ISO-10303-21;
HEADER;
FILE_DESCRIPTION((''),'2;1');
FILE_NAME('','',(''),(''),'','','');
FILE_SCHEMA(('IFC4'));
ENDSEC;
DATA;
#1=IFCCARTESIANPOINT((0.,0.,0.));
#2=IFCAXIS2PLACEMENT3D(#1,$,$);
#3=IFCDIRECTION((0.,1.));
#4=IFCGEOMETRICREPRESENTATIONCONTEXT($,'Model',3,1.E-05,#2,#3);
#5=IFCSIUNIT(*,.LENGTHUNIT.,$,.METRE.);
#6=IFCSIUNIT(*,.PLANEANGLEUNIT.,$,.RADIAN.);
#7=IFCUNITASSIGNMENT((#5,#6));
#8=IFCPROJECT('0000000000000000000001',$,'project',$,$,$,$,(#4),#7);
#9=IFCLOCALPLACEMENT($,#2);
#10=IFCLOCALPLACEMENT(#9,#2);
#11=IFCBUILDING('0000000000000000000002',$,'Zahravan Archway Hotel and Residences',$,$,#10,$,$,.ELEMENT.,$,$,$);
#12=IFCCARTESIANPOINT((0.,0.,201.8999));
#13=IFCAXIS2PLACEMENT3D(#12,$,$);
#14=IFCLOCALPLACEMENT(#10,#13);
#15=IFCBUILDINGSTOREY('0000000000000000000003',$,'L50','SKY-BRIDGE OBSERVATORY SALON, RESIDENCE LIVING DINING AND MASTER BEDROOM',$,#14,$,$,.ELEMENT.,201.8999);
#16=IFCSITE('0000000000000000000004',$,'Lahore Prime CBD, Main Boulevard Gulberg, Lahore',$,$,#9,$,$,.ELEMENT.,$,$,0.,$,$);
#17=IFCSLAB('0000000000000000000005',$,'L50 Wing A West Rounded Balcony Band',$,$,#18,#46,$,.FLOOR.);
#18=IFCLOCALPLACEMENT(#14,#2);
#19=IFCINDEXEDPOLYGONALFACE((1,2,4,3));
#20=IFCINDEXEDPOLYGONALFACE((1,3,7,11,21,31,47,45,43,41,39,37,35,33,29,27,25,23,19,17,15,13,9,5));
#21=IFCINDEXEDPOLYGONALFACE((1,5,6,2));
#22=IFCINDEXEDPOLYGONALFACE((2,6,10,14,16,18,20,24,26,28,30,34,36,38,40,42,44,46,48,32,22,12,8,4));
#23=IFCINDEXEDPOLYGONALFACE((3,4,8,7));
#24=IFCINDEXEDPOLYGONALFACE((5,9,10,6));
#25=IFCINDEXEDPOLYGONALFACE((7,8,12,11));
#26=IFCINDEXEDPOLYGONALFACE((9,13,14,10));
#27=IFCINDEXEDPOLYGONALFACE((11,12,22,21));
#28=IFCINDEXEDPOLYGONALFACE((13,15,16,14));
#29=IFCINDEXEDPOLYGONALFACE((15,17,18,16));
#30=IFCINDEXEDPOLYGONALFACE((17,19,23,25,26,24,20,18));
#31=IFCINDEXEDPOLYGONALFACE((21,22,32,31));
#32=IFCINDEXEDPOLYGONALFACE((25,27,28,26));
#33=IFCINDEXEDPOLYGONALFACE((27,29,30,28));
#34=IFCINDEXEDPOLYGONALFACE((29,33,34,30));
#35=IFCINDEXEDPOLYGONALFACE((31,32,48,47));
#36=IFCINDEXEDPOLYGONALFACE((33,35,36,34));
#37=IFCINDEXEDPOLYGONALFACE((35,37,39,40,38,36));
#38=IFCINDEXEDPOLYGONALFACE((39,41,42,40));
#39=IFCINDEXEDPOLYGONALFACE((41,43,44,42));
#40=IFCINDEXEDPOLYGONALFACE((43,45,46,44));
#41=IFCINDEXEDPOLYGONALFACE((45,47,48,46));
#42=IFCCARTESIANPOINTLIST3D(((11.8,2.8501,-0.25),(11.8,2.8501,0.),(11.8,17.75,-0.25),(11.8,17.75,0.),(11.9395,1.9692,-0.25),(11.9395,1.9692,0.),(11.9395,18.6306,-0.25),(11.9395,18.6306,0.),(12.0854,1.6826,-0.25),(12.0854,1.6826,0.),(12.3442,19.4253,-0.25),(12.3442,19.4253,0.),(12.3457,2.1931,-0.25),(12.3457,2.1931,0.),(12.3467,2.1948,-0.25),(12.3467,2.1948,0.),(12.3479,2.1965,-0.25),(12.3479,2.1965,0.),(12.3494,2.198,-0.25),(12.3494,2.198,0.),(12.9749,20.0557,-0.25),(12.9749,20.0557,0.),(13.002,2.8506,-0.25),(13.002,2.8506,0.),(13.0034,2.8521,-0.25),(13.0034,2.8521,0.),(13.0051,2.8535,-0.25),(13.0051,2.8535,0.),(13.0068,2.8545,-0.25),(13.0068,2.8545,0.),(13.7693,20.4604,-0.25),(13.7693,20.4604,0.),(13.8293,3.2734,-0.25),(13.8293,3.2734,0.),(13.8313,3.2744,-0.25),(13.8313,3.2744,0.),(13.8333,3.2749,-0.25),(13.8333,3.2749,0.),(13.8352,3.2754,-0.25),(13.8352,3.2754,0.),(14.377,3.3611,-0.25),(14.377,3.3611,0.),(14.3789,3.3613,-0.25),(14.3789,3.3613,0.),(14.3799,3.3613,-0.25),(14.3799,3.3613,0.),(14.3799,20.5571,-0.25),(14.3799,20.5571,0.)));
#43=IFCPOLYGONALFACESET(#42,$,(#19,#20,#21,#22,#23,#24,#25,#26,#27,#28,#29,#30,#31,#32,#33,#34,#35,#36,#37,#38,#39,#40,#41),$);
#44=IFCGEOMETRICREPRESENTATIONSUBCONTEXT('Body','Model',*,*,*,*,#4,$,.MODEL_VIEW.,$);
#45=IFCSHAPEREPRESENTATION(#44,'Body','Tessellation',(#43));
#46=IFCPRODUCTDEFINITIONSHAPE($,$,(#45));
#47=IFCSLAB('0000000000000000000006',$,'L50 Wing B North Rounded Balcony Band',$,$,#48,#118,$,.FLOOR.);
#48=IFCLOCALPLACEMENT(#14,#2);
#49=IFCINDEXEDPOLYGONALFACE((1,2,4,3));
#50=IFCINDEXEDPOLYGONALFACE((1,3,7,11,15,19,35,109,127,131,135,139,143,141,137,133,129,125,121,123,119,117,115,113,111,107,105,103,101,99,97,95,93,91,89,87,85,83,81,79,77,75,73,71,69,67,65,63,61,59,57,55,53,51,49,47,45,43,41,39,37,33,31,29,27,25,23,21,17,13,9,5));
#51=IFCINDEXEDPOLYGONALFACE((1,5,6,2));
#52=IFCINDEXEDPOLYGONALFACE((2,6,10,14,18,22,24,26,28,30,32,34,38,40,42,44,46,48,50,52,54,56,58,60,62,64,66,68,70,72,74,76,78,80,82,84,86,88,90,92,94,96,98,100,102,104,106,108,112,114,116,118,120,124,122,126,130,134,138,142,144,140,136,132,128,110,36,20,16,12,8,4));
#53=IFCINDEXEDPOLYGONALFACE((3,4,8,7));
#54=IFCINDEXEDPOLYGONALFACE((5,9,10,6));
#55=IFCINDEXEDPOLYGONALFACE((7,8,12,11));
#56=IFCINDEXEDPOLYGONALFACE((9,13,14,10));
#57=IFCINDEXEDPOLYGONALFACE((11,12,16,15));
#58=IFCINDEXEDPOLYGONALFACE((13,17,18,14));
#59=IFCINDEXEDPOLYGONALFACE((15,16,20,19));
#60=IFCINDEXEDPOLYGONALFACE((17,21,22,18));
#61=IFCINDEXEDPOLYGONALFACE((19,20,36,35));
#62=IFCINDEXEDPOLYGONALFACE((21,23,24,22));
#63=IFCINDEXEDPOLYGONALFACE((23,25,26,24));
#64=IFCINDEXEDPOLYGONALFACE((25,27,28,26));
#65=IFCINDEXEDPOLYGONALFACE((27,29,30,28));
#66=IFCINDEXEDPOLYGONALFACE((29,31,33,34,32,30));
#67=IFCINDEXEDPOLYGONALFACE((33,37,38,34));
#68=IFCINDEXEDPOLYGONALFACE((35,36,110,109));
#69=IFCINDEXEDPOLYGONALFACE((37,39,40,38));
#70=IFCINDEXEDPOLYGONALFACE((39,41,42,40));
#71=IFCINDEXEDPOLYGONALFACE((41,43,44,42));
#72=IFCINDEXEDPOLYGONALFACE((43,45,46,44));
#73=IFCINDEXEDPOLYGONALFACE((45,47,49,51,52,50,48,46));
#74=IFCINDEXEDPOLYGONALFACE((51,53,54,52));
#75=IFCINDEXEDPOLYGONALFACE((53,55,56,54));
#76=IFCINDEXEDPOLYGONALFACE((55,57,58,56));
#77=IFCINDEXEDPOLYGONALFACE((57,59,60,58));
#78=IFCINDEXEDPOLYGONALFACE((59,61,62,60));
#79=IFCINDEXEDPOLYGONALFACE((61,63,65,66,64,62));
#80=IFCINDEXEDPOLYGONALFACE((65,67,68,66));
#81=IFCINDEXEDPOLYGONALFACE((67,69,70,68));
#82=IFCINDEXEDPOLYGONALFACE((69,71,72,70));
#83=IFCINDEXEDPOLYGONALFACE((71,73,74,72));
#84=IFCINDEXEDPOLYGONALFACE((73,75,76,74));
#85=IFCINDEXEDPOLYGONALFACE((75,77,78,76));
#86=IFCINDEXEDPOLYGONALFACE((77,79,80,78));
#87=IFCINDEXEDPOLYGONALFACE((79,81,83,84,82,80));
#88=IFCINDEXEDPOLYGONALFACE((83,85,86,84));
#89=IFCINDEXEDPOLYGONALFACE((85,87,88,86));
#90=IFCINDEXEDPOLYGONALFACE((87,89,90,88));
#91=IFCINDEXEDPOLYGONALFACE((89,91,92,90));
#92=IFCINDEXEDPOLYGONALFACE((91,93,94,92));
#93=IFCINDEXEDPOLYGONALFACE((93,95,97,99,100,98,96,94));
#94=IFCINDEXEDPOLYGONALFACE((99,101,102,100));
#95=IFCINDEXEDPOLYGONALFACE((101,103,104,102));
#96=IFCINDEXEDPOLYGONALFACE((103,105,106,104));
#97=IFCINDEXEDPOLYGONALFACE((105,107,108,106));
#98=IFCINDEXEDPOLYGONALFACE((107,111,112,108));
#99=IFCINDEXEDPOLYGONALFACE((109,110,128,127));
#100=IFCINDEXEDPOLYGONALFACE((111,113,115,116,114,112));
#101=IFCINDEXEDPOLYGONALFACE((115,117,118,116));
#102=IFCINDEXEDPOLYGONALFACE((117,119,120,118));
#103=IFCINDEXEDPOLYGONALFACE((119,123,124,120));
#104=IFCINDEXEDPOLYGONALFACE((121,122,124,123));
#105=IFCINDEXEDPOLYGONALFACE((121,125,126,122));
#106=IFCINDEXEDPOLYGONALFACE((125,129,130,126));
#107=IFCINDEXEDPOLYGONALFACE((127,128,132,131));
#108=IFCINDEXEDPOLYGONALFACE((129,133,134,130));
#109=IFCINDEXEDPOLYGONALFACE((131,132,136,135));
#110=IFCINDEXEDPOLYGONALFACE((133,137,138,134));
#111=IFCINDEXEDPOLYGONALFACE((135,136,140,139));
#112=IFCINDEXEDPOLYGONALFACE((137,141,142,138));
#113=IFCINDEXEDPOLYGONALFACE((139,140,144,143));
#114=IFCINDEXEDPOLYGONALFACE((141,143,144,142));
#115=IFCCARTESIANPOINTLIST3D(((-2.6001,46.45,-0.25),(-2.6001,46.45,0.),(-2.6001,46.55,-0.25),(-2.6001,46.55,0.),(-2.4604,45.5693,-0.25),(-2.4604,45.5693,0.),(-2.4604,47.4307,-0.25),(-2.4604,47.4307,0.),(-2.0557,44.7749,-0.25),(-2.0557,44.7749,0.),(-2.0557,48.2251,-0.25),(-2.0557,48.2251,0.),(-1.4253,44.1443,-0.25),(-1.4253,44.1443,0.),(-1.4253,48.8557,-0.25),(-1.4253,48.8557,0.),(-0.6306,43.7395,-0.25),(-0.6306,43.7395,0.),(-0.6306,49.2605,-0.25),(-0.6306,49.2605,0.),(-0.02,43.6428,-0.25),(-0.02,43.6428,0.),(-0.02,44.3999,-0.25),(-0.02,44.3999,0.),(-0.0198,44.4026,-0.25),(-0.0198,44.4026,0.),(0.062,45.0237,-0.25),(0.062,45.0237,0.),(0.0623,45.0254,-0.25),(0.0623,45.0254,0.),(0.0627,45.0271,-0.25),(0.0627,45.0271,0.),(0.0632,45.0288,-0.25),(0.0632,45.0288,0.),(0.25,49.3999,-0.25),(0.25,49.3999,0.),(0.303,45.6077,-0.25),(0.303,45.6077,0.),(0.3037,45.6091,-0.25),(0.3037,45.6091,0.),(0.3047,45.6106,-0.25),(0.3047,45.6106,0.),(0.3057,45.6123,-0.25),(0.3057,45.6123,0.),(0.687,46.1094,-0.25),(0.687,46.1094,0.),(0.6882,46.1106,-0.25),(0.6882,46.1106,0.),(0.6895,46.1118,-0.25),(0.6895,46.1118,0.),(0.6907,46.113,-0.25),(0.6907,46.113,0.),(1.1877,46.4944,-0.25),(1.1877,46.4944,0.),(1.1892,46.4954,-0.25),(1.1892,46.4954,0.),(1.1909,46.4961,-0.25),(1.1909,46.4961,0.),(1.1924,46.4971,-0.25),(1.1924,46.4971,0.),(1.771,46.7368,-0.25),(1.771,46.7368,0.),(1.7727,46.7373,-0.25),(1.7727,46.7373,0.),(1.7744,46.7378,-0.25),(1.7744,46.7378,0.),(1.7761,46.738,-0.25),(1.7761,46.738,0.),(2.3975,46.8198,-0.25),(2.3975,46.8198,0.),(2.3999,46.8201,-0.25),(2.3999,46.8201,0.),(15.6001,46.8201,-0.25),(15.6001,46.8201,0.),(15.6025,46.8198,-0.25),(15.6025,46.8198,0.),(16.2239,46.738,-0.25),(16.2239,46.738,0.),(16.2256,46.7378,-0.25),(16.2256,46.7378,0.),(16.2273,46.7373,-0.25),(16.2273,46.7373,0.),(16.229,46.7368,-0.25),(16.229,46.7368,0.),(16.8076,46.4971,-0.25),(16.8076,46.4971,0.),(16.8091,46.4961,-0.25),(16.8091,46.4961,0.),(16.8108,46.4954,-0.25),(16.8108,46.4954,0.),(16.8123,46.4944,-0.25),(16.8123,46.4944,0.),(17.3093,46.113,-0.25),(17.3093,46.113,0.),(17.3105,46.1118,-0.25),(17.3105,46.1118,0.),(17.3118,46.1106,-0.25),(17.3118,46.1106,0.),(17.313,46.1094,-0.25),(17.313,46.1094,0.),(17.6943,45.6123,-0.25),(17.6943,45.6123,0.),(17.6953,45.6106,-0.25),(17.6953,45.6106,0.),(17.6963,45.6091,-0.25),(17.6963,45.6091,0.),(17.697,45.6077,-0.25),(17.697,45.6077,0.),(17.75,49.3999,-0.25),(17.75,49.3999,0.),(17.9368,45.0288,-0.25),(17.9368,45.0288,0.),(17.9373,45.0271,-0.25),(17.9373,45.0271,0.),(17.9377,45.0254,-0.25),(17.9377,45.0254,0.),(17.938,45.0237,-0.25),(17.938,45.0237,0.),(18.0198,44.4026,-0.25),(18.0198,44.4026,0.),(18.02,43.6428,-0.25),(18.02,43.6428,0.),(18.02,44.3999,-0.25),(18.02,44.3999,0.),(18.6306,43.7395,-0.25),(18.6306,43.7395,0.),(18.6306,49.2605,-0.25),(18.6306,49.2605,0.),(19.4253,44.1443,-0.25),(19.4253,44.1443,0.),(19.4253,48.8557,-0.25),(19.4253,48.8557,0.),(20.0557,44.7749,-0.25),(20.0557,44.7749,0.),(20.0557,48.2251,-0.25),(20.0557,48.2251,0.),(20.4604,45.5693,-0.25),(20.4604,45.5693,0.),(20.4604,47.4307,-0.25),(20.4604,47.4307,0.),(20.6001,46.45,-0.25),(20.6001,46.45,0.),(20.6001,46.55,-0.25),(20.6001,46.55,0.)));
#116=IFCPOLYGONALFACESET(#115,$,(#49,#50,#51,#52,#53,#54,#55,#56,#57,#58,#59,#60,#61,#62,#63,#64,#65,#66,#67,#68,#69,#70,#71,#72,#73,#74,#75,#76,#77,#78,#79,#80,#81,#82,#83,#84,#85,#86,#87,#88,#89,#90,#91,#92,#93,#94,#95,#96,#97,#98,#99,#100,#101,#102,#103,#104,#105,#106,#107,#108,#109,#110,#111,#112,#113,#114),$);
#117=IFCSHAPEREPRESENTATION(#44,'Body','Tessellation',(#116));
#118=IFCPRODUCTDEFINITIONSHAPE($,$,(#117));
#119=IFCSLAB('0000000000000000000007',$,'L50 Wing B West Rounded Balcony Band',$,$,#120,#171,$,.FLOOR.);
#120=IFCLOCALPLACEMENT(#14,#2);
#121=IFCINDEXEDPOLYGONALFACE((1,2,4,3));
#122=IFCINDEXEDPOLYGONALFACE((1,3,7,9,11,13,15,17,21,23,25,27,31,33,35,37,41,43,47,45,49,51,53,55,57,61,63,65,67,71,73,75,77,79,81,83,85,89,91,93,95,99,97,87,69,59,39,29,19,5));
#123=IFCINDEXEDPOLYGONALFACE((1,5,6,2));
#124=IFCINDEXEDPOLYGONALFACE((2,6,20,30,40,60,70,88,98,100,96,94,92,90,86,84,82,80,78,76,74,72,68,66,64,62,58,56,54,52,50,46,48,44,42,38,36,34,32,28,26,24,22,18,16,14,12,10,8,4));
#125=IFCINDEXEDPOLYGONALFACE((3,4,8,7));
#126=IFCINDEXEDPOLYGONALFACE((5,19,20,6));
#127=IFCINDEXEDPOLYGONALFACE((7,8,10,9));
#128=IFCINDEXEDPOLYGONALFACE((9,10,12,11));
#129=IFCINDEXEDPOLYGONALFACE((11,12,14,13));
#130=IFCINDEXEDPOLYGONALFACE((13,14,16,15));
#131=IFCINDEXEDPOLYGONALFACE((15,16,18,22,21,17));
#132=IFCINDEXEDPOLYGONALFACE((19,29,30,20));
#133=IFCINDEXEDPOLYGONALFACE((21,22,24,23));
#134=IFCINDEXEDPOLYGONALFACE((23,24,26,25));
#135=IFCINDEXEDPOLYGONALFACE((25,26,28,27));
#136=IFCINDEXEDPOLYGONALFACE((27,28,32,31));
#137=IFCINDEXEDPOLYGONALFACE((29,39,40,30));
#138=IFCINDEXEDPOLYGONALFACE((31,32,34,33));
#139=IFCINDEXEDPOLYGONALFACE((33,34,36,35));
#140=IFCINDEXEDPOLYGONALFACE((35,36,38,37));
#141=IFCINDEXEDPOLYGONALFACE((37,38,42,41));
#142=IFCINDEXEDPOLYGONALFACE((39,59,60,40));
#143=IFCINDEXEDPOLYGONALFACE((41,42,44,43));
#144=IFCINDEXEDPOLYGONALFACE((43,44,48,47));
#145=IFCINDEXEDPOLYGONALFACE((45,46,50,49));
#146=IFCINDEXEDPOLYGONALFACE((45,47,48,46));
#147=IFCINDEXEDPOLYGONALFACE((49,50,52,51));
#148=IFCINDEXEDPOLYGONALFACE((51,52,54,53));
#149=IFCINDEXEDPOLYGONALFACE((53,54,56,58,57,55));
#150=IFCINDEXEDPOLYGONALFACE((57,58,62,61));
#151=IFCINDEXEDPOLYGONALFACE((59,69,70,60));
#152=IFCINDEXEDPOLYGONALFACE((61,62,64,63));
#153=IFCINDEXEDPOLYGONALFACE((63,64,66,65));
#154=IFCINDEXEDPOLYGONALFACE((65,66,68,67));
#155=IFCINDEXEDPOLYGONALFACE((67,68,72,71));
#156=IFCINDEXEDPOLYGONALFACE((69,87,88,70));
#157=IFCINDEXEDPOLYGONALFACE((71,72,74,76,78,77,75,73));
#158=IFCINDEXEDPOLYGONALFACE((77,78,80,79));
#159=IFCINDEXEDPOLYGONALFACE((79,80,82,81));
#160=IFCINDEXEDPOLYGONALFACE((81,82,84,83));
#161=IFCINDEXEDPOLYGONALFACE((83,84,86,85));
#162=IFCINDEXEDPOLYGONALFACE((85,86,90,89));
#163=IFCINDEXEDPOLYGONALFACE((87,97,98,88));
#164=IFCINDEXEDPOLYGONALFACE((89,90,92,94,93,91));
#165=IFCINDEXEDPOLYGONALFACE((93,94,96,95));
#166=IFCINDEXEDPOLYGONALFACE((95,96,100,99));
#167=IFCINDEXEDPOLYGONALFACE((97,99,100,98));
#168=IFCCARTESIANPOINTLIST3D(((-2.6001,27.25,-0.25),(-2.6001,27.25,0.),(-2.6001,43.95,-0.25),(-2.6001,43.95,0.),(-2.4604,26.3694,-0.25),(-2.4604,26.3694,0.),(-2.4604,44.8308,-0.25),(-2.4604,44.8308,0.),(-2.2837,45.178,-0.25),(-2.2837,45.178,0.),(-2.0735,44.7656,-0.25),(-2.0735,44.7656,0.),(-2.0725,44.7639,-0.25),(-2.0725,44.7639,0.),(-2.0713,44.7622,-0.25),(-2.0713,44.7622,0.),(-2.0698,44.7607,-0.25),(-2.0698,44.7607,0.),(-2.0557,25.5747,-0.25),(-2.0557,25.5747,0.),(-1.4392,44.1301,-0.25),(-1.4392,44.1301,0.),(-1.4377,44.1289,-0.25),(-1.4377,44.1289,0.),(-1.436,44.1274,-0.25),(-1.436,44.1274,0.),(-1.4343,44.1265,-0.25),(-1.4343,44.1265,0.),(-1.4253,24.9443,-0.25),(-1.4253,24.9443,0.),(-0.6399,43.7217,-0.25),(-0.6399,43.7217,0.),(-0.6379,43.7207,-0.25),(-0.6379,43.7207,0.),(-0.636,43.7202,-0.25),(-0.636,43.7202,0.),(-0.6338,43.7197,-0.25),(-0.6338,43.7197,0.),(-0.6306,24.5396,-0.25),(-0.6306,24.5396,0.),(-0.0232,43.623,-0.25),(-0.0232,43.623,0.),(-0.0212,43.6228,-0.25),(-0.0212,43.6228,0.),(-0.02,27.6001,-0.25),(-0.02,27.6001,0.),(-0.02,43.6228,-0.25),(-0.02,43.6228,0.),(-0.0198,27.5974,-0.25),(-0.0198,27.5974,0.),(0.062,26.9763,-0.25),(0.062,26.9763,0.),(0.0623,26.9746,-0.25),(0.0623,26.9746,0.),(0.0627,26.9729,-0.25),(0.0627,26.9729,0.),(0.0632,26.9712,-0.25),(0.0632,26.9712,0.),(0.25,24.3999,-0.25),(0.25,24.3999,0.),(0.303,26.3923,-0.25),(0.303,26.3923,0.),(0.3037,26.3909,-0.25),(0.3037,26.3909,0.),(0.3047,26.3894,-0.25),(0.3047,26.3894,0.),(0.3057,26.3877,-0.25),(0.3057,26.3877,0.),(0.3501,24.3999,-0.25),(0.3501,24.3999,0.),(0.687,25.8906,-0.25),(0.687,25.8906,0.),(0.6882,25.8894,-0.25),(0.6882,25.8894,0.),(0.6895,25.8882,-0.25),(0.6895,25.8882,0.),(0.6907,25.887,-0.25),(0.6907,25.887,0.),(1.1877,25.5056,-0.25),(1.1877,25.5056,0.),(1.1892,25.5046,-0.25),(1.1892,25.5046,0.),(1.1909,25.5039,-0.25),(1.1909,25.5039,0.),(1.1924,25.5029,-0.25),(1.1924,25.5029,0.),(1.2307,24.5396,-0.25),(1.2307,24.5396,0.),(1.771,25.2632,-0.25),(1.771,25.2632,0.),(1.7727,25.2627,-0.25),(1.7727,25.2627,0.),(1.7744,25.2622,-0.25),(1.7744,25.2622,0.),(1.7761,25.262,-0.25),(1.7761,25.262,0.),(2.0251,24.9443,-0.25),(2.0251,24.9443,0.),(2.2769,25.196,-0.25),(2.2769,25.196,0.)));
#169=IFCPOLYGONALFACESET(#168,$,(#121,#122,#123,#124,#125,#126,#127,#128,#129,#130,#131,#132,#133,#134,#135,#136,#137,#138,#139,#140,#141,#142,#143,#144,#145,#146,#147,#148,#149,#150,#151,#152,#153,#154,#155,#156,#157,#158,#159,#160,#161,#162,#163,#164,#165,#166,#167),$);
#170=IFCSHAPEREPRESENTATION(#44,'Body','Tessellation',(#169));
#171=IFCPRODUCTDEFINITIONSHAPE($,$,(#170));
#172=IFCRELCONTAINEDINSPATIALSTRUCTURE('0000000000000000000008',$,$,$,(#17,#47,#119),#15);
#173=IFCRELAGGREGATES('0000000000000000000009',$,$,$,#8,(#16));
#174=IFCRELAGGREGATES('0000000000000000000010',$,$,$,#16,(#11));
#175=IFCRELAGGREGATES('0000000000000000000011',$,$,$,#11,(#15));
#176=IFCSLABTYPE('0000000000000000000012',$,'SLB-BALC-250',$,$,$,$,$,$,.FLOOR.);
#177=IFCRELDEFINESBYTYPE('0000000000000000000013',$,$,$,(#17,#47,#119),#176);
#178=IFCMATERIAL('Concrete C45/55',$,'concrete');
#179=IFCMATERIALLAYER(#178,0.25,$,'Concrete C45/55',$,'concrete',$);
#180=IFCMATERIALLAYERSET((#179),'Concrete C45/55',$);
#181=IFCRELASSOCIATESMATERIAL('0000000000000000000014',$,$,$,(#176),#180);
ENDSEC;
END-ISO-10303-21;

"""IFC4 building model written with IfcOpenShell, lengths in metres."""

from ifc_helpers import new_model, si_unit, direction, frame, origin, place, context, subcontext, project, spatial, polyline, outline, extrude, material, layer, layer_set, type_object, element, save


model = new_model("IFC4")

# Units and contexts
model_context = context("Model", 3, precision=1e-05, world=origin(), true_north=direction((0.0, 1.0)))
body_context = subcontext(model_context, "Body", "Model", "MODEL_VIEW")
ifc_project = project(units=[si_unit("LENGTHUNIT", "METRE"), si_unit("PLANEANGLEUNIT", "RADIAN")], contexts=[model_context])

# Site, building, storey
site_placement = place(None, origin())
site = spatial("IfcSite", under=ifc_project, at=site_placement, Name="Lahore Prime CBD, Main Boulevard Gulberg, Lahore", CompositionType="ELEMENT", RefElevation=0.0)
building_placement = place(site_placement, origin())
building = spatial("IfcBuilding", under=site, at=building_placement, Name="Zahravan Archway Hotel and Residences", CompositionType="ELEMENT")
storey_placement = place(building_placement, frame((0.0, 0.0, 201.8999)))
storey = spatial("IfcBuildingStorey", under=building, at=storey_placement, Name="L50", Description="SKY-BRIDGE OBSERVATORY SALON, RESIDENCE LIVING DINING AND MASTER BEDROOM", CompositionType="ELEMENT", Elevation=201.8999)

# Slabs
ifc_material_1 = material(Name="Concrete C45/55", Category="concrete")
ifc_layer_1 = layer(ifc_material_1, 0.25, Name="Concrete C45/55", Category="concrete")
ifc_layer_set_1 = layer_set([ifc_layer_1], Name="Concrete C45/55")
slab_type_1 = type_object("IfcSlabType", Name="SLB-BALC-250", PredefinedType="FLOOR", material=ifc_layer_set_1)
slab_1_placement = place(storey_placement, frame((0.0, 0.0, -0.25)))
element("IfcSlab", 1, at=slab_1_placement, inside=storey, type_object=slab_type_1, Name="L50 Wing A West Rounded Balcony Band", PredefinedType="FLOOR", context=body_context, shape_type="SweptSolid", body=[
    extrude(outline(polyline([(11.9395, 1.9692), (11.8, 2.8501), (11.8, 17.75), (11.9395, 18.6306), (12.3442, 19.4253), (12.9749, 20.0557), (13.7693, 20.4604), (14.3799, 20.5571), (14.3799, 3.3613), (14.3789, 3.3613), (14.377, 3.3611), (13.8352, 3.2754), (13.8333, 3.2749), (13.8313, 3.2744), (13.8293, 3.2734), (13.0068, 2.8545), (13.0051, 2.8535), (13.0034, 2.8521), (13.002, 2.8506), (12.3494, 2.198), (12.3479, 2.1965), (12.3467, 2.1948), (12.3457, 2.1931), (12.0854, 1.6826), (11.9395, 1.9692)])), origin(), (0.0, 0.0, 1.0), 0.25),
])
slab_2_placement = place(storey_placement, frame((0.0, 0.0, -0.25)))
element("IfcSlab", 2, at=slab_2_placement, inside=storey, type_object=slab_type_1, Name="L50 Wing B North Rounded Balcony Band", PredefinedType="FLOOR", context=body_context, shape_type="SweptSolid", body=[
    extrude(outline(polyline([(-0.6306, 43.7395), (-1.4253, 44.1443), (-2.0557, 44.7749), (-2.4604, 45.5693), (-2.6001, 46.45), (-2.6001, 46.55), (-2.4604, 47.4307), (-2.0557, 48.2251), (-1.4253, 48.8557), (-0.6306, 49.2605), (0.25, 49.3999), (17.75, 49.3999), (18.6306, 49.2605), (19.4253, 48.8557), (20.0557, 48.2251), (20.4604, 47.4307), (20.6001, 46.55), (20.6001, 46.45), (20.4604, 45.5693), (20.0557, 44.7749), (19.4253, 44.1443), (18.6306, 43.7395), (18.02, 43.6428), (18.02, 44.3999), (18.0198, 44.4026), (17.938, 45.0237), (17.9377, 45.0254), (17.9373, 45.0271), (17.9368, 45.0288), (17.697, 45.6077), (17.6963, 45.6091), (17.6953, 45.6106), (17.6943, 45.6123), (17.313, 46.1094), (17.3118, 46.1106), (17.3105, 46.1118), (17.3093, 46.113), (16.8123, 46.4944), (16.8108, 46.4954), (16.8091, 46.4961), (16.8076, 46.4971), (16.229, 46.7368), (16.2273, 46.7373), (16.2256, 46.7378), (16.2239, 46.738), (15.6025, 46.8198), (15.6001, 46.8201), (2.3999, 46.8201), (2.3975, 46.8198), (1.7761, 46.738), (1.7744, 46.7378), (1.7727, 46.7373), (1.771, 46.7368), (1.1924, 46.4971), (1.1909, 46.4961), (1.1892, 46.4954), (1.1877, 46.4944), (0.6907, 46.113), (0.6895, 46.1118), (0.6882, 46.1106), (0.687, 46.1094), (0.3057, 45.6123), (0.3047, 45.6106), (0.3037, 45.6091), (0.303, 45.6077), (0.0632, 45.0288), (0.0627, 45.0271), (0.0623, 45.0254), (0.062, 45.0237), (-0.0198, 44.4026), (-0.02, 44.3999), (-0.02, 43.6428), (-0.6306, 43.7395)])), origin(), (0.0, 0.0, 1.0), 0.25),
])
slab_3_placement = place(storey_placement, frame((0.0, 0.0, -0.25)))
element("IfcSlab", 3, at=slab_3_placement, inside=storey, type_object=slab_type_1, Name="L50 Wing B West Rounded Balcony Band", PredefinedType="FLOOR", context=body_context, shape_type="SweptSolid", body=[
    extrude(outline(polyline([(2.0251, 24.9443), (1.2307, 24.5396), (0.3501, 24.3999), (0.25, 24.3999), (-0.6306, 24.5396), (-1.4253, 24.9443), (-2.0557, 25.5747), (-2.4604, 26.3694), (-2.6001, 27.25), (-2.6001, 43.95), (-2.4604, 44.8308), (-2.2837, 45.178), (-2.0735, 44.7656), (-2.0725, 44.7639), (-2.0713, 44.7622), (-2.0698, 44.7607), (-1.4392, 44.1301), (-1.4377, 44.1289), (-1.436, 44.1274), (-1.4343, 44.1265), (-0.6399, 43.7217), (-0.6379, 43.7207), (-0.636, 43.7202), (-0.6338, 43.7197), (-0.0232, 43.623), (-0.0212, 43.6228), (-0.02, 43.6228), (-0.02, 27.6001), (-0.0198, 27.5974), (0.062, 26.9763), (0.0623, 26.9746), (0.0627, 26.9729), (0.0632, 26.9712), (0.303, 26.3923), (0.3037, 26.3909), (0.3047, 26.3894), (0.3057, 26.3877), (0.687, 25.8906), (0.6882, 25.8894), (0.6895, 25.8882), (0.6907, 25.887), (1.1877, 25.5056), (1.1892, 25.5046), (1.1909, 25.5039), (1.1924, 25.5029), (1.771, 25.2632), (1.7727, 25.2627), (1.7744, 25.2622), (1.7761, 25.262), (2.2769, 25.196), (2.0251, 24.9443)])), origin(), (0.0, 0.0, 1.0), 0.25),
])

save(model, "model.ifc")
